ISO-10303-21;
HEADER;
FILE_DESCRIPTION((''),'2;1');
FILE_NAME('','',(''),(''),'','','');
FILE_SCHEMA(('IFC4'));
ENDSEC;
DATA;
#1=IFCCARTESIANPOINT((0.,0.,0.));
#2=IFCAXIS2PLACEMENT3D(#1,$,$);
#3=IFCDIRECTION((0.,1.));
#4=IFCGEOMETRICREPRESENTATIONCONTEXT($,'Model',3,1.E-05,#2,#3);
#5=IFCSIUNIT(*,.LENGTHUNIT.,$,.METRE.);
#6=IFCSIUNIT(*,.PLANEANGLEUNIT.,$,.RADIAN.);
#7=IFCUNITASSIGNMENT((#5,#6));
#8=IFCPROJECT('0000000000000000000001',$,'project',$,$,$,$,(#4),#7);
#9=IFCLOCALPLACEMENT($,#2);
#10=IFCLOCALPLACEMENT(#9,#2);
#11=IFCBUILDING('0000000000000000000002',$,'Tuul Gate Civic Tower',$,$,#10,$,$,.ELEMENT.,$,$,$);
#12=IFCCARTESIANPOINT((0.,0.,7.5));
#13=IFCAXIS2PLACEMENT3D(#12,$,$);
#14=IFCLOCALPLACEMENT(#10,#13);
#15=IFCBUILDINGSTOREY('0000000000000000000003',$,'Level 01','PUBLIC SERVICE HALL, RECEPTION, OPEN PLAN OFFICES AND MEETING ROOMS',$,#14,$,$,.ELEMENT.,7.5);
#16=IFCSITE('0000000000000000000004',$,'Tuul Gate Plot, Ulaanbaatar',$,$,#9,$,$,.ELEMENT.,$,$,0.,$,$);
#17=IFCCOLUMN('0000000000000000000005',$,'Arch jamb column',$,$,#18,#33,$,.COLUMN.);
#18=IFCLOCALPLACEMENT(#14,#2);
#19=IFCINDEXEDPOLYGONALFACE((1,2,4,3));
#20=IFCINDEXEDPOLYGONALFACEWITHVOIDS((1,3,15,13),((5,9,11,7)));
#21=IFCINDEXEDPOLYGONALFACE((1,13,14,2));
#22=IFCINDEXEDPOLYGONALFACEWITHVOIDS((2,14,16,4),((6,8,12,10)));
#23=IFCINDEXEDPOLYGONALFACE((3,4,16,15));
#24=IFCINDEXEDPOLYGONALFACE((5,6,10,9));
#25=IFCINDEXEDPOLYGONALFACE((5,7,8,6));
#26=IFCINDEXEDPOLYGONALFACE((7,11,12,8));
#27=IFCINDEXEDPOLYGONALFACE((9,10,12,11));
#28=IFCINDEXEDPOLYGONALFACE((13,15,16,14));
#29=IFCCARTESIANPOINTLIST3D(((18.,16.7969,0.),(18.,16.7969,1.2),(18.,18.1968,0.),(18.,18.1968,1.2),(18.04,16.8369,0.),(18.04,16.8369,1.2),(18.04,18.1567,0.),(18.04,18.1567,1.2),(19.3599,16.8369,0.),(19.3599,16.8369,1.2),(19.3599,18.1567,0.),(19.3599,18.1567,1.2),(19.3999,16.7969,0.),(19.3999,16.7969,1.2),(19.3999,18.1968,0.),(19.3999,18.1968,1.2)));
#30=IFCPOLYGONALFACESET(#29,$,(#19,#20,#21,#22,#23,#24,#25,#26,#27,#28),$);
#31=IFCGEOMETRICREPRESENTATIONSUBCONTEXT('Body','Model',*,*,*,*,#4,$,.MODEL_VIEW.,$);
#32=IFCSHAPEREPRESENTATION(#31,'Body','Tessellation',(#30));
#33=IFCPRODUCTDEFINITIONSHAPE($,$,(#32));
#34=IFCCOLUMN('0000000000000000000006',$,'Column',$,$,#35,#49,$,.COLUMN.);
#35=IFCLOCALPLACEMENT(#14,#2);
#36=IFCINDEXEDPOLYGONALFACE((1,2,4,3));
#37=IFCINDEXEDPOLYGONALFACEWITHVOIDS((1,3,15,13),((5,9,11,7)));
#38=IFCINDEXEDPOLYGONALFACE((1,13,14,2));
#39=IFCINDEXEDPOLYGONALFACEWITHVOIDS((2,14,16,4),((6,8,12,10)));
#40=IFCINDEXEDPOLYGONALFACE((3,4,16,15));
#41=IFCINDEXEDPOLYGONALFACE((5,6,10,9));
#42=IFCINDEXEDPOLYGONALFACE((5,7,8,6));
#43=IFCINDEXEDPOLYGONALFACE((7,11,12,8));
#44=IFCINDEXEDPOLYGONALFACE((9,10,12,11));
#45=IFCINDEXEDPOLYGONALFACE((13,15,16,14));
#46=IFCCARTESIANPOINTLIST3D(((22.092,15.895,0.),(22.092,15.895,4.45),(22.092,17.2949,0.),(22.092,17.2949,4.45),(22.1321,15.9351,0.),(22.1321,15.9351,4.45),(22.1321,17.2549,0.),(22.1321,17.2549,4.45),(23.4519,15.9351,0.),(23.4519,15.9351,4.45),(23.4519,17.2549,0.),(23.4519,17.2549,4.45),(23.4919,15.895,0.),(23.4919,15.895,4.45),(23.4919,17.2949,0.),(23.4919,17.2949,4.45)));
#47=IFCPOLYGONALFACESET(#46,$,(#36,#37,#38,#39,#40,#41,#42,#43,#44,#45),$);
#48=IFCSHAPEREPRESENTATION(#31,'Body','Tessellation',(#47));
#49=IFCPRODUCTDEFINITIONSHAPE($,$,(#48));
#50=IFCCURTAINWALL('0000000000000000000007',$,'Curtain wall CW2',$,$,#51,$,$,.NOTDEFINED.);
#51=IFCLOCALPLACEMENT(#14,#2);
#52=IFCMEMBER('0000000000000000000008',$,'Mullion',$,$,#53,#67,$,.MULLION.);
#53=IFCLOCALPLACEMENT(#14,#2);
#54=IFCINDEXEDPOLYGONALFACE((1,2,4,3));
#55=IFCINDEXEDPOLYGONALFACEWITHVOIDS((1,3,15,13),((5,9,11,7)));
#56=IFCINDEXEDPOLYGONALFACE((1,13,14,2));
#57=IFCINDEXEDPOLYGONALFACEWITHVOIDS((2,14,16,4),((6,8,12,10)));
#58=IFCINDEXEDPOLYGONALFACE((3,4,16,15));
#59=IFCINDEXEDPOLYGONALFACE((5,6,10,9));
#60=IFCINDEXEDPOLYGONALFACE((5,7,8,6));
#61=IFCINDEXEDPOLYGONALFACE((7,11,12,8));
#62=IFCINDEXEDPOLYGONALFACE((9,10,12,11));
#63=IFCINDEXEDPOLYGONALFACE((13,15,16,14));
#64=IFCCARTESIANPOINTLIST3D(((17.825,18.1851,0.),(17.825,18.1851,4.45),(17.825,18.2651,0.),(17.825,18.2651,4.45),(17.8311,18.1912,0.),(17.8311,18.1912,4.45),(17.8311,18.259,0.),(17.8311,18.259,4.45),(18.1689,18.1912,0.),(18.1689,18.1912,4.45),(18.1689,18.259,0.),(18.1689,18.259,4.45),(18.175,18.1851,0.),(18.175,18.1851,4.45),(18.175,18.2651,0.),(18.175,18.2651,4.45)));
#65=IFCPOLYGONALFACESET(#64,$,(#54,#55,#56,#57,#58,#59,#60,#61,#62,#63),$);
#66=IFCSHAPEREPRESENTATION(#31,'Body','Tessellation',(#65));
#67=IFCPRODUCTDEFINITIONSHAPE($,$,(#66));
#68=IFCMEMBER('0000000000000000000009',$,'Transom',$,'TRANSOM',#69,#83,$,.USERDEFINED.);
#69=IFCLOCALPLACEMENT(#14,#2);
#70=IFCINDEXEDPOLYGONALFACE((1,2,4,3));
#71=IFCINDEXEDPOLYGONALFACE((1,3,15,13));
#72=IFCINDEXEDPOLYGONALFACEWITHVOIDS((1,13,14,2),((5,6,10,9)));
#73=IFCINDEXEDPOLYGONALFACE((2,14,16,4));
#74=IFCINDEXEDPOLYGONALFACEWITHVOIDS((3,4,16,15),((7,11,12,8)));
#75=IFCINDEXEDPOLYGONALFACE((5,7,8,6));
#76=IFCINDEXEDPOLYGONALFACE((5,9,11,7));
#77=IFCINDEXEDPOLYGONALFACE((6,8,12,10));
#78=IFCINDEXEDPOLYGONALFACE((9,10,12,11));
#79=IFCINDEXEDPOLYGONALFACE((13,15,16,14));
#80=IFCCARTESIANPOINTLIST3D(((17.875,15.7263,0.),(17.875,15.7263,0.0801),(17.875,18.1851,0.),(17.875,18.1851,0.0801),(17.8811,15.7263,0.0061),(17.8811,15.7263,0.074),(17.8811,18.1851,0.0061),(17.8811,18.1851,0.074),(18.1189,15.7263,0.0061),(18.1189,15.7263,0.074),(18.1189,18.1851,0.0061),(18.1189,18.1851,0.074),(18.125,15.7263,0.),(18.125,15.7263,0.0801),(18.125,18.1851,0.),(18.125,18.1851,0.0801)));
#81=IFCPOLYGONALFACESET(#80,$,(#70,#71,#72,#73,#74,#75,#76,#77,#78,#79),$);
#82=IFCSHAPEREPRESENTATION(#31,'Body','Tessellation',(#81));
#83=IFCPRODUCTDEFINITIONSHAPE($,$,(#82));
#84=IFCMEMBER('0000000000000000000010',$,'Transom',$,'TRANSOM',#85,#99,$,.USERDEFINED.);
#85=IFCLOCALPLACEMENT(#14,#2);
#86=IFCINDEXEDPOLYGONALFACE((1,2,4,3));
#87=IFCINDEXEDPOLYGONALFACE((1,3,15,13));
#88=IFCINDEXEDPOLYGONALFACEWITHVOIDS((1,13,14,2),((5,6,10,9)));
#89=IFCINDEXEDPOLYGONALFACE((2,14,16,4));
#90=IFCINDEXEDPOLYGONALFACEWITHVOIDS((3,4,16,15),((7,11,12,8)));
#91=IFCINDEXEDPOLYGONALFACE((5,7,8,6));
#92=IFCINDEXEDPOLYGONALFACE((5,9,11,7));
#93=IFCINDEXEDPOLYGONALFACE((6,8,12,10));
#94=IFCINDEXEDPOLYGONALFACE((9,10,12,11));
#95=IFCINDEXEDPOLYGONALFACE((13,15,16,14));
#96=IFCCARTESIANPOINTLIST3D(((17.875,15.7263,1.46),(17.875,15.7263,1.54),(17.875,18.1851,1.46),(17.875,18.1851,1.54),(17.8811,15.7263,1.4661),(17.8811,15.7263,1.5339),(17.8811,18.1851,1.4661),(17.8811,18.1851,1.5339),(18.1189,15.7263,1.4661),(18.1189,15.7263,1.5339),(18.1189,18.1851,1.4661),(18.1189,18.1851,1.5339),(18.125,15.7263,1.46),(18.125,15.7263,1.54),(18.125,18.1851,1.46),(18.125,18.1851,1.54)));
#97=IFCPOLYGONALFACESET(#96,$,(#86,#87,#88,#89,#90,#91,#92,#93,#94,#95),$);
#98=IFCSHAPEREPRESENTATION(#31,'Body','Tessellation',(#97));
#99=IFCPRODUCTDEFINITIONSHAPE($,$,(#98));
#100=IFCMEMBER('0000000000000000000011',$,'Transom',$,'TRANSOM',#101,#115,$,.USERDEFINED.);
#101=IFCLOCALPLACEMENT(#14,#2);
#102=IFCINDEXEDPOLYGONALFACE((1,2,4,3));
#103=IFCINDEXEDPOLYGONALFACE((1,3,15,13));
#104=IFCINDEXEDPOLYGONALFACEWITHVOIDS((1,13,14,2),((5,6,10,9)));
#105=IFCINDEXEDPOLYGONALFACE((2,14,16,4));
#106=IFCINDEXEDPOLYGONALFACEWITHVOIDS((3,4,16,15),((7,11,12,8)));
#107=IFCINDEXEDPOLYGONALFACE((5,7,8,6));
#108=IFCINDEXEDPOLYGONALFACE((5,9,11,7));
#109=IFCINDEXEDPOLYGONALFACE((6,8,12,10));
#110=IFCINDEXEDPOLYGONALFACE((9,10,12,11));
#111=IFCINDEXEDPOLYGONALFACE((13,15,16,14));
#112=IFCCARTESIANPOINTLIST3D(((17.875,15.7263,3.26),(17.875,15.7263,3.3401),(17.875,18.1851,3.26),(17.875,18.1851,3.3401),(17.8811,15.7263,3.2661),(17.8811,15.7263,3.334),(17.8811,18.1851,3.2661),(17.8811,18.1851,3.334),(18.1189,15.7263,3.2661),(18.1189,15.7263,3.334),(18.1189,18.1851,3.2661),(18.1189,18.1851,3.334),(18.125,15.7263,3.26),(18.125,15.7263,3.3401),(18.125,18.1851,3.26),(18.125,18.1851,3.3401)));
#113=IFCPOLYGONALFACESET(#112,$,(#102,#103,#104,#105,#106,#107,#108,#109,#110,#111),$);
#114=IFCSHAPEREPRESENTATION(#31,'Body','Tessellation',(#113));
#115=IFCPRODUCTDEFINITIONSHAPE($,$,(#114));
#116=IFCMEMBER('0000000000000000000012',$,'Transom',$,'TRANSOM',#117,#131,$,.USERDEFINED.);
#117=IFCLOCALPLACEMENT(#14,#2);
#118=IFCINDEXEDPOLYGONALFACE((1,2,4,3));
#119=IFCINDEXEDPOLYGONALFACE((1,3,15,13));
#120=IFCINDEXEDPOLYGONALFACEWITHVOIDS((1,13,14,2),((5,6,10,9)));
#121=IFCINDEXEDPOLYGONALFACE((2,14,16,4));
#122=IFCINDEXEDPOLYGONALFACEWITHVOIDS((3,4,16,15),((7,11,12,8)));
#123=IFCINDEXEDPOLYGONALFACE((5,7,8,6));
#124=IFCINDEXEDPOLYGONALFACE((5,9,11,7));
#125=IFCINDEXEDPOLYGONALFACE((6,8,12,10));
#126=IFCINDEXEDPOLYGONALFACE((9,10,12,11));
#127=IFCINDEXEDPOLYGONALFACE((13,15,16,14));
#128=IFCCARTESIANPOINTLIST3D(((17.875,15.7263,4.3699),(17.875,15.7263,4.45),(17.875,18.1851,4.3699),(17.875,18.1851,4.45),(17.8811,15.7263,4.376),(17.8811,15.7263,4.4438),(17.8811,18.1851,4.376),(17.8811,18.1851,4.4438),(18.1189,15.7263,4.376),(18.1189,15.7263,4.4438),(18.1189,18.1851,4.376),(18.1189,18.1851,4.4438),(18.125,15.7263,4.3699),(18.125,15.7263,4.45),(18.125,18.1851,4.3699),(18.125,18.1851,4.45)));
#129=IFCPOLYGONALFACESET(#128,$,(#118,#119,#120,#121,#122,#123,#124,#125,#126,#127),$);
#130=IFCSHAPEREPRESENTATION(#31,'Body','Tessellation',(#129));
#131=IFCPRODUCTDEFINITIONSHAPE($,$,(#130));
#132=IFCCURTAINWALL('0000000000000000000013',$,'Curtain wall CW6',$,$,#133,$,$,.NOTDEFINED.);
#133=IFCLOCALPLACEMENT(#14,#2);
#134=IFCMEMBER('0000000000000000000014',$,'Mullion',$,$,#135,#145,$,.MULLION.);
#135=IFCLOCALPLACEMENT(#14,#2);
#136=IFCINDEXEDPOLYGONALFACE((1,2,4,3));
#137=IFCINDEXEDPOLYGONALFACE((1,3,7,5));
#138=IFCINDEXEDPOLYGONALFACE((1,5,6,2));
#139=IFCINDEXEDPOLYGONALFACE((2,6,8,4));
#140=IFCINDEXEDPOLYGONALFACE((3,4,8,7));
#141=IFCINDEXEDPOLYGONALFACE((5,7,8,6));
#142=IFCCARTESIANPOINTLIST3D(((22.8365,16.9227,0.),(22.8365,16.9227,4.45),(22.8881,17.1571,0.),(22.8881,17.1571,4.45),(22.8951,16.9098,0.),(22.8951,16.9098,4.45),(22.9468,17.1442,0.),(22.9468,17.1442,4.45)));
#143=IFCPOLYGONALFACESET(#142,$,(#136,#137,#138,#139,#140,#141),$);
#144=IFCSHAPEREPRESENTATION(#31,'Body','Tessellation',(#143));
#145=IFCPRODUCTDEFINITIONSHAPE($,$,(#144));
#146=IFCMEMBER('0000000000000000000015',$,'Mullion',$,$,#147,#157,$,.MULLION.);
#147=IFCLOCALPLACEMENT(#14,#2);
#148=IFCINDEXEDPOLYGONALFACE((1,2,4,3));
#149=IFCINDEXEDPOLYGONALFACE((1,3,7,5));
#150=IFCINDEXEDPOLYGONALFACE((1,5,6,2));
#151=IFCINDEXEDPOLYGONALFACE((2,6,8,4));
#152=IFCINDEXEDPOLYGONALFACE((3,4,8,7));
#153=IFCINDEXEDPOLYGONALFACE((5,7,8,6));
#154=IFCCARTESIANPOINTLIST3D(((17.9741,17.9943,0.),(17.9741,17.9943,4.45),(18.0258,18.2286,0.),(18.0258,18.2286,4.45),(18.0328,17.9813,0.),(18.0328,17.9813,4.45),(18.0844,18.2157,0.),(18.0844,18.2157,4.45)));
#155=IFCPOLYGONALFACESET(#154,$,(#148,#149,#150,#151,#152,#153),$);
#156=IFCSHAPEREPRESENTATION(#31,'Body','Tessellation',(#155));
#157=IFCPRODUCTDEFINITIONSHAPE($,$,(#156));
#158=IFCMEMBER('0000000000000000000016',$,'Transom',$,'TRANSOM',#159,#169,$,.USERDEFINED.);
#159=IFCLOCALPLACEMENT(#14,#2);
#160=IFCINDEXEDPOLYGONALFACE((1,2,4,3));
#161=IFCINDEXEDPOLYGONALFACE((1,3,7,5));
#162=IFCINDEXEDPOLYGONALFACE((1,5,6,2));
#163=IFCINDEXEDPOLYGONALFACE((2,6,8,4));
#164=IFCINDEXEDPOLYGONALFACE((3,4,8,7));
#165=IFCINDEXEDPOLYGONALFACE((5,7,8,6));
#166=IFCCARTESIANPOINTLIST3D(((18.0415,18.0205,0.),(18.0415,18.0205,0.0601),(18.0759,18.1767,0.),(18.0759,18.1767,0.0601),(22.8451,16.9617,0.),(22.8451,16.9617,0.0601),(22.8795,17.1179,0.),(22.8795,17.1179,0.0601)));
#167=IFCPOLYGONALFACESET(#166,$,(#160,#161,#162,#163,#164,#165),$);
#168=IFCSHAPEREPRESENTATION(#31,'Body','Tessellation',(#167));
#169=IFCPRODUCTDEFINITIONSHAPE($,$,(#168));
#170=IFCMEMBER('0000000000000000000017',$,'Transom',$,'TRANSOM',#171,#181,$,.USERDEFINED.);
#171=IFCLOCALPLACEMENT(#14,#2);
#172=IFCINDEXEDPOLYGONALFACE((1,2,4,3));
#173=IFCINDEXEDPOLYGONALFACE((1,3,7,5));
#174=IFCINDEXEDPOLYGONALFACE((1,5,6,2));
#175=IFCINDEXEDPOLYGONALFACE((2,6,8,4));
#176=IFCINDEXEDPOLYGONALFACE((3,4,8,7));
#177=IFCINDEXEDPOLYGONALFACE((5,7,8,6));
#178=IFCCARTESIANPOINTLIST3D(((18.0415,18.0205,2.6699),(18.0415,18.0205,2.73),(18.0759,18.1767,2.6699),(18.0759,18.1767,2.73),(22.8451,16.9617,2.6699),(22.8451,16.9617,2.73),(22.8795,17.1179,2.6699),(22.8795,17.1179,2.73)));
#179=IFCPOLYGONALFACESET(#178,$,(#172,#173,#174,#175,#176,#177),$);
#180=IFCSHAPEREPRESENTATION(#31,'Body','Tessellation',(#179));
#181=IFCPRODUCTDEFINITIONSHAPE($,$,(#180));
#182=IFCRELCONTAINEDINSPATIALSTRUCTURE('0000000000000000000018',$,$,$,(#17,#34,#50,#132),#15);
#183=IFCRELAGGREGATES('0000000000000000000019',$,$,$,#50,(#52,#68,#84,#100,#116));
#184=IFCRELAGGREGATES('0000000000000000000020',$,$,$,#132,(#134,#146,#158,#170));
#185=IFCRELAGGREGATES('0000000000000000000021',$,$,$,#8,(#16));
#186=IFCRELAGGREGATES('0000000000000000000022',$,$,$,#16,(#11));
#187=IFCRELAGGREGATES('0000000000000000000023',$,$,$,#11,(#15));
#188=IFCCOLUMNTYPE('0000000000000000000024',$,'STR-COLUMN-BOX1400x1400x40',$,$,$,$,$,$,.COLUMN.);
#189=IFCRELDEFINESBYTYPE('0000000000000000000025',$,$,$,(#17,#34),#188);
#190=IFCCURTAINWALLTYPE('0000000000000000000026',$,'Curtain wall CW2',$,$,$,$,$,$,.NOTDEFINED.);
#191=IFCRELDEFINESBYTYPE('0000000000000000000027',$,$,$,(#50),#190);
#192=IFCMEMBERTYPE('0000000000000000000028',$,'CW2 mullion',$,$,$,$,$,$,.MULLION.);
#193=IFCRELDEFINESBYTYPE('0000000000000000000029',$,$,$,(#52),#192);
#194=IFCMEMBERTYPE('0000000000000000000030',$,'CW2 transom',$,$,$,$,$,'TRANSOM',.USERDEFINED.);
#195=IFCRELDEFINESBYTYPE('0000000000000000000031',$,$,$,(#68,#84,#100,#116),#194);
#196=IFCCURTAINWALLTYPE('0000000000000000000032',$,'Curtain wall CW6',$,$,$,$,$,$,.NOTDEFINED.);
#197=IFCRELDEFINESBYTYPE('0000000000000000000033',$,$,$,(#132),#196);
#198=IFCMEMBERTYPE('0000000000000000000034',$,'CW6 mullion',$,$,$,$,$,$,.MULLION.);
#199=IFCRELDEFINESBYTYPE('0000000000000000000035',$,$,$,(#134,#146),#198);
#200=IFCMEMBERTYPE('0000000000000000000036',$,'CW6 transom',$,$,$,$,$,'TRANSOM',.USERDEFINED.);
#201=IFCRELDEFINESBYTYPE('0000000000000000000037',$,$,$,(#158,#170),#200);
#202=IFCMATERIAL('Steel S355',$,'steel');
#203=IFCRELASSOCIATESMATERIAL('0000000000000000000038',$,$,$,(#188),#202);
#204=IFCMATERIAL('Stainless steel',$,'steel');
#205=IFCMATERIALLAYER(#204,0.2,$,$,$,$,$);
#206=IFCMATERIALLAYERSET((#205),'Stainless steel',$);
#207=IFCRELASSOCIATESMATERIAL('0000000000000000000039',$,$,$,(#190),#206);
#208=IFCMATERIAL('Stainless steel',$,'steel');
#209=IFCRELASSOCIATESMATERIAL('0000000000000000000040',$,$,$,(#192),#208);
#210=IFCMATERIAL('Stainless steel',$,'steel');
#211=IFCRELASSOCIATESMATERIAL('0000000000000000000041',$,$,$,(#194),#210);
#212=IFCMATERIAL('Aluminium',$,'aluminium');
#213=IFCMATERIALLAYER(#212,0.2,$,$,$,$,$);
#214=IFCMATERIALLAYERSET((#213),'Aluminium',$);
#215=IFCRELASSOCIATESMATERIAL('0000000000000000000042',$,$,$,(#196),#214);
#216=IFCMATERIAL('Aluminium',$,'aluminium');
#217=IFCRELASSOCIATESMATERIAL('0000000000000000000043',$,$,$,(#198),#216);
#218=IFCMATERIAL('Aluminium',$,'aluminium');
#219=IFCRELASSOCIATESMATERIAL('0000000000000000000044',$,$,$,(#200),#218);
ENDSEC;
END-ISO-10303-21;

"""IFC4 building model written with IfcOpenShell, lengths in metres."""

from ifc_helpers import new_model, si_unit, direction, frame, origin, origin_2d, place, context, subcontext, project, spatial, rectangle, hollow_rectangle, extrude, material, layer, layer_set, material_profile, profile_set, type_object, element, aggregate, save


model = new_model("IFC4")

# Units and contexts
model_context = context("Model", 3, precision=1e-05, world=origin(), true_north=direction((0.0, 1.0)))
body_context = subcontext(model_context, "Body", "Model", "MODEL_VIEW")
ifc_project = project(units=[si_unit("LENGTHUNIT", "METRE"), si_unit("PLANEANGLEUNIT", "RADIAN")], contexts=[model_context])

# Site, building, storey
site_placement = place(None, origin())
site = spatial("IfcSite", under=ifc_project, at=site_placement, Name="Tuul Gate Plot, Ulaanbaatar", CompositionType="ELEMENT", RefElevation=0.0)
building_placement = place(site_placement, origin())
building = spatial("IfcBuilding", under=site, at=building_placement, Name="Tuul Gate Civic Tower", CompositionType="ELEMENT")
storey_placement = place(building_placement, frame((0.0, 0.0, 7.5)))
storey = spatial("IfcBuildingStorey", under=building, at=storey_placement, Name="Level 01", Description="PUBLIC SERVICE HALL, RECEPTION, OPEN PLAN OFFICES AND MEETING ROOMS", CompositionType="ELEMENT", Elevation=7.5)

# Columns
ifc_material_1 = material(Name="Steel S355", Category="steel")
ifc_material_profile_1 = material_profile(ifc_material_1, hollow_rectangle(XDim=1.3999, YDim=1.3999, WallThickness=0.04, at=origin_2d()), Name="BOX1400x1400x40")
ifc_profile_set_1 = profile_set([ifc_material_profile_1], Name="Steel S355")
column_type = type_object("IfcColumnType", Name="STR-COLUMN-BOX1400x1400x40", PredefinedType="COLUMN", material=ifc_profile_set_1)
column_1_placement = place(storey_placement, frame((18.7, 17.4968, 0.0), z_axis=(0.0, 0.0, 1.0), x_axis=(1.0, 0.0, 0.0)))
element("IfcColumn", 1, at=column_1_placement, inside=storey, type_object=column_type, Name="Arch jamb column", PredefinedType="COLUMN", context=body_context, shape_type="SweptSolid", body=[
    extrude(hollow_rectangle(XDim=1.3999, YDim=1.3999, WallThickness=0.04, at=origin_2d()), origin(), (0.0, 0.0, 1.0), 1.2),
])
column_2_placement = place(storey_placement, frame((22.792, 16.595, 0.0), z_axis=(0.0, 0.0, 1.0), x_axis=(1.0, 0.0, 0.0)))
element("IfcColumn", 2, at=column_2_placement, inside=storey, type_object=column_type, Name="Column", PredefinedType="COLUMN", context=body_context, shape_type="SweptSolid", body=[
    extrude(hollow_rectangle(XDim=1.3999, YDim=1.3999, WallThickness=0.04, at=origin_2d()), origin(), (0.0, 0.0, 1.0), 4.45),
])

# Curtain walls, members
ifc_material_2 = material(Name="Stainless steel", Category="steel")
ifc_layer_1 = layer(ifc_material_2, 0.2)
ifc_layer_set_1 = layer_set([ifc_layer_1], Name="Stainless steel")
curtain_wall_type_1 = type_object("IfcCurtainWallType", Name="Curtain wall CW2", PredefinedType="NOTDEFINED", material=ifc_layer_set_1)
curtain_wall_1_placement = place(storey_placement, origin())
curtain_wall_1 = element("IfcCurtainWall", 3, at=curtain_wall_1_placement, inside=storey, type_object=curtain_wall_type_1, Name="Curtain wall CW2", PredefinedType="NOTDEFINED")
ifc_material_3 = material(Name="Stainless steel", Category="steel")
ifc_material_profile_2 = material_profile(ifc_material_3, hollow_rectangle(XDim=0.3501, YDim=0.0801, WallThickness=0.0061, at=origin_2d()), Name="CW2 mullion")
ifc_profile_set_2 = profile_set([ifc_material_profile_2], Name="Stainless steel")
member_type_1 = type_object("IfcMemberType", Name="CW2 mullion", PredefinedType="MULLION", material=ifc_profile_set_2)
member_1_placement = place(storey_placement, frame((18.0, 18.2251, 0.0), z_axis=(0.0, 0.0, 1.0), x_axis=(-1.0, 0.0, 0.0)))
member_1 = element("IfcMember", 4, at=member_1_placement, type_object=member_type_1, Name="Mullion", PredefinedType="MULLION", context=body_context, shape_type="SweptSolid", body=[
    extrude(hollow_rectangle(XDim=0.3501, YDim=0.0801, WallThickness=0.0061, at=origin_2d()), origin(), (0.0, 0.0, 1.0), 4.45),
])
ifc_material_4 = material(Name="Stainless steel", Category="steel")
ifc_material_profile_3 = material_profile(ifc_material_4, hollow_rectangle(XDim=0.25, YDim=0.0801, WallThickness=0.0061, at=origin_2d()), Name="CW2 transom")
ifc_profile_set_3 = profile_set([ifc_material_profile_3], Name="Stainless steel")
member_type_2 = type_object("IfcMemberType", Name="CW2 transom", ElementType="TRANSOM", PredefinedType="USERDEFINED", material=ifc_profile_set_3)
member_2_placement = place(storey_placement, frame((18.0, 15.7263, 0.04), z_axis=(0.0, 1.0, 0.0), x_axis=(-1.0, 0.0, 0.0)))
member_2 = element("IfcMember", 5, at=member_2_placement, type_object=member_type_2, Name="Transom", ObjectType="TRANSOM", PredefinedType="USERDEFINED", context=body_context, shape_type="SweptSolid", body=[
    extrude(hollow_rectangle(XDim=0.25, YDim=0.0801, WallThickness=0.0061, at=origin_2d()), origin(), (0.0, 0.0, 1.0), 2.4587),
])
member_3_placement = place(storey_placement, frame((18.0, 15.7263, 1.5), z_axis=(0.0, 1.0, 0.0), x_axis=(-1.0, 0.0, 0.0)))
member_3 = element("IfcMember", 6, at=member_3_placement, type_object=member_type_2, Name="Transom", ObjectType="TRANSOM", PredefinedType="USERDEFINED", context=body_context, shape_type="SweptSolid", body=[
    extrude(hollow_rectangle(XDim=0.25, YDim=0.0801, WallThickness=0.0061, at=origin_2d()), origin(), (0.0, 0.0, 1.0), 2.4587),
])
member_4_placement = place(storey_placement, frame((18.0, 15.7263, 3.3), z_axis=(0.0, 1.0, 0.0), x_axis=(-1.0, 0.0, 0.0)))
member_4 = element("IfcMember", 7, at=member_4_placement, type_object=member_type_2, Name="Transom", ObjectType="TRANSOM", PredefinedType="USERDEFINED", context=body_context, shape_type="SweptSolid", body=[
    extrude(hollow_rectangle(XDim=0.25, YDim=0.0801, WallThickness=0.0061, at=origin_2d()), origin(), (0.0, 0.0, 1.0), 2.4587),
])
member_5_placement = place(storey_placement, frame((18.0, 15.7263, 4.4099), z_axis=(0.0, 1.0, 0.0), x_axis=(-1.0, 0.0, 0.0)))
member_5 = element("IfcMember", 8, at=member_5_placement, type_object=member_type_2, Name="Transom", ObjectType="TRANSOM", PredefinedType="USERDEFINED", context=body_context, shape_type="SweptSolid", body=[
    extrude(hollow_rectangle(XDim=0.25, YDim=0.0801, WallThickness=0.0061, at=origin_2d()), origin(), (0.0, 0.0, 1.0), 2.4587),
])
ifc_material_5 = material(Name="Aluminium", Category="aluminium")
ifc_layer_2 = layer(ifc_material_5, 0.2)
ifc_layer_set_2 = layer_set([ifc_layer_2], Name="Aluminium")
curtain_wall_type_2 = type_object("IfcCurtainWallType", Name="Curtain wall CW6", PredefinedType="NOTDEFINED", material=ifc_layer_set_2)
curtain_wall_2_placement = place(storey_placement, origin())
curtain_wall_2 = element("IfcCurtainWall", 9, at=curtain_wall_2_placement, inside=storey, type_object=curtain_wall_type_2, Name="Curtain wall CW6", PredefinedType="NOTDEFINED")
ifc_material_6 = material(Name="Aluminium", Category="aluminium")
ifc_material_profile_4 = material_profile(ifc_material_6, rectangle(XDim=0.24, YDim=0.0601, at=origin_2d()), Name="CW6 mullion")
ifc_profile_set_4 = profile_set([ifc_material_profile_4], Name="Aluminium")
member_type_3 = type_object("IfcMemberType", Name="CW6 mullion", PredefinedType="MULLION", material=ifc_profile_set_4)
member_6_placement = place(storey_placement, frame((22.8916, 17.0334, 0.0), z_axis=(0.0, 0.0, 1.0), x_axis=(-0.215207, -0.976569, 0.0)))
member_6 = element("IfcMember", 10, at=member_6_placement, type_object=member_type_3, Name="Mullion", PredefinedType="MULLION", context=body_context, shape_type="SweptSolid", body=[
    extrude(rectangle(XDim=0.24, YDim=0.0601, at=origin_2d()), origin(), (0.0, 0.0, 1.0), 4.45),
])
member_7_placement = place(storey_placement, frame((18.0293, 18.105, 0.0), z_axis=(0.0, 0.0, 1.0), x_axis=(-0.215207, -0.976569, 0.0)))
member_7 = element("IfcMember", 11, at=member_7_placement, type_object=member_type_3, Name="Mullion", PredefinedType="MULLION", context=body_context, shape_type="SweptSolid", body=[
    extrude(rectangle(XDim=0.24, YDim=0.0601, at=origin_2d()), origin(), (0.0, 0.0, 1.0), 4.45),
])
ifc_material_7 = material(Name="Aluminium", Category="aluminium")
ifc_material_profile_5 = material_profile(ifc_material_7, rectangle(XDim=0.1599, YDim=0.0601, at=origin_2d()), Name="CW6 transom")
ifc_profile_set_5 = profile_set([ifc_material_profile_5], Name="Aluminium")
member_type_4 = type_object("IfcMemberType", Name="CW6 transom", ElementType="TRANSOM", PredefinedType="USERDEFINED", material=ifc_profile_set_5)
member_8_placement = place(storey_placement, frame((22.8623, 17.0398, 0.03), z_axis=(-0.976558, 0.215254, 0.0), x_axis=(-0.215254, -0.976558, 0.0)))
member_8 = element("IfcMember", 12, at=member_8_placement, type_object=member_type_4, Name="Transom", ObjectType="TRANSOM", PredefinedType="USERDEFINED", context=body_context, shape_type="SweptSolid", body=[
    extrude(rectangle(XDim=0.1599, YDim=0.0601, at=origin_2d()), origin(), (0.0, 0.0, 1.0), 4.9189),
])
member_9_placement = place(storey_placement, frame((22.8623, 17.0398, 2.7), z_axis=(-0.976558, 0.215254, 0.0), x_axis=(-0.215254, -0.976558, 0.0)))
member_9 = element("IfcMember", 13, at=member_9_placement, type_object=member_type_4, Name="Transom", ObjectType="TRANSOM", PredefinedType="USERDEFINED", context=body_context, shape_type="SweptSolid", body=[
    extrude(rectangle(XDim=0.1599, YDim=0.0601, at=origin_2d()), origin(), (0.0, 0.0, 1.0), 4.9189),
])

aggregate(curtain_wall_1, [member_1, member_2, member_3, member_4, member_5])
aggregate(curtain_wall_2, [member_6, member_7, member_8, member_9])

save(model, "model.ifc")
